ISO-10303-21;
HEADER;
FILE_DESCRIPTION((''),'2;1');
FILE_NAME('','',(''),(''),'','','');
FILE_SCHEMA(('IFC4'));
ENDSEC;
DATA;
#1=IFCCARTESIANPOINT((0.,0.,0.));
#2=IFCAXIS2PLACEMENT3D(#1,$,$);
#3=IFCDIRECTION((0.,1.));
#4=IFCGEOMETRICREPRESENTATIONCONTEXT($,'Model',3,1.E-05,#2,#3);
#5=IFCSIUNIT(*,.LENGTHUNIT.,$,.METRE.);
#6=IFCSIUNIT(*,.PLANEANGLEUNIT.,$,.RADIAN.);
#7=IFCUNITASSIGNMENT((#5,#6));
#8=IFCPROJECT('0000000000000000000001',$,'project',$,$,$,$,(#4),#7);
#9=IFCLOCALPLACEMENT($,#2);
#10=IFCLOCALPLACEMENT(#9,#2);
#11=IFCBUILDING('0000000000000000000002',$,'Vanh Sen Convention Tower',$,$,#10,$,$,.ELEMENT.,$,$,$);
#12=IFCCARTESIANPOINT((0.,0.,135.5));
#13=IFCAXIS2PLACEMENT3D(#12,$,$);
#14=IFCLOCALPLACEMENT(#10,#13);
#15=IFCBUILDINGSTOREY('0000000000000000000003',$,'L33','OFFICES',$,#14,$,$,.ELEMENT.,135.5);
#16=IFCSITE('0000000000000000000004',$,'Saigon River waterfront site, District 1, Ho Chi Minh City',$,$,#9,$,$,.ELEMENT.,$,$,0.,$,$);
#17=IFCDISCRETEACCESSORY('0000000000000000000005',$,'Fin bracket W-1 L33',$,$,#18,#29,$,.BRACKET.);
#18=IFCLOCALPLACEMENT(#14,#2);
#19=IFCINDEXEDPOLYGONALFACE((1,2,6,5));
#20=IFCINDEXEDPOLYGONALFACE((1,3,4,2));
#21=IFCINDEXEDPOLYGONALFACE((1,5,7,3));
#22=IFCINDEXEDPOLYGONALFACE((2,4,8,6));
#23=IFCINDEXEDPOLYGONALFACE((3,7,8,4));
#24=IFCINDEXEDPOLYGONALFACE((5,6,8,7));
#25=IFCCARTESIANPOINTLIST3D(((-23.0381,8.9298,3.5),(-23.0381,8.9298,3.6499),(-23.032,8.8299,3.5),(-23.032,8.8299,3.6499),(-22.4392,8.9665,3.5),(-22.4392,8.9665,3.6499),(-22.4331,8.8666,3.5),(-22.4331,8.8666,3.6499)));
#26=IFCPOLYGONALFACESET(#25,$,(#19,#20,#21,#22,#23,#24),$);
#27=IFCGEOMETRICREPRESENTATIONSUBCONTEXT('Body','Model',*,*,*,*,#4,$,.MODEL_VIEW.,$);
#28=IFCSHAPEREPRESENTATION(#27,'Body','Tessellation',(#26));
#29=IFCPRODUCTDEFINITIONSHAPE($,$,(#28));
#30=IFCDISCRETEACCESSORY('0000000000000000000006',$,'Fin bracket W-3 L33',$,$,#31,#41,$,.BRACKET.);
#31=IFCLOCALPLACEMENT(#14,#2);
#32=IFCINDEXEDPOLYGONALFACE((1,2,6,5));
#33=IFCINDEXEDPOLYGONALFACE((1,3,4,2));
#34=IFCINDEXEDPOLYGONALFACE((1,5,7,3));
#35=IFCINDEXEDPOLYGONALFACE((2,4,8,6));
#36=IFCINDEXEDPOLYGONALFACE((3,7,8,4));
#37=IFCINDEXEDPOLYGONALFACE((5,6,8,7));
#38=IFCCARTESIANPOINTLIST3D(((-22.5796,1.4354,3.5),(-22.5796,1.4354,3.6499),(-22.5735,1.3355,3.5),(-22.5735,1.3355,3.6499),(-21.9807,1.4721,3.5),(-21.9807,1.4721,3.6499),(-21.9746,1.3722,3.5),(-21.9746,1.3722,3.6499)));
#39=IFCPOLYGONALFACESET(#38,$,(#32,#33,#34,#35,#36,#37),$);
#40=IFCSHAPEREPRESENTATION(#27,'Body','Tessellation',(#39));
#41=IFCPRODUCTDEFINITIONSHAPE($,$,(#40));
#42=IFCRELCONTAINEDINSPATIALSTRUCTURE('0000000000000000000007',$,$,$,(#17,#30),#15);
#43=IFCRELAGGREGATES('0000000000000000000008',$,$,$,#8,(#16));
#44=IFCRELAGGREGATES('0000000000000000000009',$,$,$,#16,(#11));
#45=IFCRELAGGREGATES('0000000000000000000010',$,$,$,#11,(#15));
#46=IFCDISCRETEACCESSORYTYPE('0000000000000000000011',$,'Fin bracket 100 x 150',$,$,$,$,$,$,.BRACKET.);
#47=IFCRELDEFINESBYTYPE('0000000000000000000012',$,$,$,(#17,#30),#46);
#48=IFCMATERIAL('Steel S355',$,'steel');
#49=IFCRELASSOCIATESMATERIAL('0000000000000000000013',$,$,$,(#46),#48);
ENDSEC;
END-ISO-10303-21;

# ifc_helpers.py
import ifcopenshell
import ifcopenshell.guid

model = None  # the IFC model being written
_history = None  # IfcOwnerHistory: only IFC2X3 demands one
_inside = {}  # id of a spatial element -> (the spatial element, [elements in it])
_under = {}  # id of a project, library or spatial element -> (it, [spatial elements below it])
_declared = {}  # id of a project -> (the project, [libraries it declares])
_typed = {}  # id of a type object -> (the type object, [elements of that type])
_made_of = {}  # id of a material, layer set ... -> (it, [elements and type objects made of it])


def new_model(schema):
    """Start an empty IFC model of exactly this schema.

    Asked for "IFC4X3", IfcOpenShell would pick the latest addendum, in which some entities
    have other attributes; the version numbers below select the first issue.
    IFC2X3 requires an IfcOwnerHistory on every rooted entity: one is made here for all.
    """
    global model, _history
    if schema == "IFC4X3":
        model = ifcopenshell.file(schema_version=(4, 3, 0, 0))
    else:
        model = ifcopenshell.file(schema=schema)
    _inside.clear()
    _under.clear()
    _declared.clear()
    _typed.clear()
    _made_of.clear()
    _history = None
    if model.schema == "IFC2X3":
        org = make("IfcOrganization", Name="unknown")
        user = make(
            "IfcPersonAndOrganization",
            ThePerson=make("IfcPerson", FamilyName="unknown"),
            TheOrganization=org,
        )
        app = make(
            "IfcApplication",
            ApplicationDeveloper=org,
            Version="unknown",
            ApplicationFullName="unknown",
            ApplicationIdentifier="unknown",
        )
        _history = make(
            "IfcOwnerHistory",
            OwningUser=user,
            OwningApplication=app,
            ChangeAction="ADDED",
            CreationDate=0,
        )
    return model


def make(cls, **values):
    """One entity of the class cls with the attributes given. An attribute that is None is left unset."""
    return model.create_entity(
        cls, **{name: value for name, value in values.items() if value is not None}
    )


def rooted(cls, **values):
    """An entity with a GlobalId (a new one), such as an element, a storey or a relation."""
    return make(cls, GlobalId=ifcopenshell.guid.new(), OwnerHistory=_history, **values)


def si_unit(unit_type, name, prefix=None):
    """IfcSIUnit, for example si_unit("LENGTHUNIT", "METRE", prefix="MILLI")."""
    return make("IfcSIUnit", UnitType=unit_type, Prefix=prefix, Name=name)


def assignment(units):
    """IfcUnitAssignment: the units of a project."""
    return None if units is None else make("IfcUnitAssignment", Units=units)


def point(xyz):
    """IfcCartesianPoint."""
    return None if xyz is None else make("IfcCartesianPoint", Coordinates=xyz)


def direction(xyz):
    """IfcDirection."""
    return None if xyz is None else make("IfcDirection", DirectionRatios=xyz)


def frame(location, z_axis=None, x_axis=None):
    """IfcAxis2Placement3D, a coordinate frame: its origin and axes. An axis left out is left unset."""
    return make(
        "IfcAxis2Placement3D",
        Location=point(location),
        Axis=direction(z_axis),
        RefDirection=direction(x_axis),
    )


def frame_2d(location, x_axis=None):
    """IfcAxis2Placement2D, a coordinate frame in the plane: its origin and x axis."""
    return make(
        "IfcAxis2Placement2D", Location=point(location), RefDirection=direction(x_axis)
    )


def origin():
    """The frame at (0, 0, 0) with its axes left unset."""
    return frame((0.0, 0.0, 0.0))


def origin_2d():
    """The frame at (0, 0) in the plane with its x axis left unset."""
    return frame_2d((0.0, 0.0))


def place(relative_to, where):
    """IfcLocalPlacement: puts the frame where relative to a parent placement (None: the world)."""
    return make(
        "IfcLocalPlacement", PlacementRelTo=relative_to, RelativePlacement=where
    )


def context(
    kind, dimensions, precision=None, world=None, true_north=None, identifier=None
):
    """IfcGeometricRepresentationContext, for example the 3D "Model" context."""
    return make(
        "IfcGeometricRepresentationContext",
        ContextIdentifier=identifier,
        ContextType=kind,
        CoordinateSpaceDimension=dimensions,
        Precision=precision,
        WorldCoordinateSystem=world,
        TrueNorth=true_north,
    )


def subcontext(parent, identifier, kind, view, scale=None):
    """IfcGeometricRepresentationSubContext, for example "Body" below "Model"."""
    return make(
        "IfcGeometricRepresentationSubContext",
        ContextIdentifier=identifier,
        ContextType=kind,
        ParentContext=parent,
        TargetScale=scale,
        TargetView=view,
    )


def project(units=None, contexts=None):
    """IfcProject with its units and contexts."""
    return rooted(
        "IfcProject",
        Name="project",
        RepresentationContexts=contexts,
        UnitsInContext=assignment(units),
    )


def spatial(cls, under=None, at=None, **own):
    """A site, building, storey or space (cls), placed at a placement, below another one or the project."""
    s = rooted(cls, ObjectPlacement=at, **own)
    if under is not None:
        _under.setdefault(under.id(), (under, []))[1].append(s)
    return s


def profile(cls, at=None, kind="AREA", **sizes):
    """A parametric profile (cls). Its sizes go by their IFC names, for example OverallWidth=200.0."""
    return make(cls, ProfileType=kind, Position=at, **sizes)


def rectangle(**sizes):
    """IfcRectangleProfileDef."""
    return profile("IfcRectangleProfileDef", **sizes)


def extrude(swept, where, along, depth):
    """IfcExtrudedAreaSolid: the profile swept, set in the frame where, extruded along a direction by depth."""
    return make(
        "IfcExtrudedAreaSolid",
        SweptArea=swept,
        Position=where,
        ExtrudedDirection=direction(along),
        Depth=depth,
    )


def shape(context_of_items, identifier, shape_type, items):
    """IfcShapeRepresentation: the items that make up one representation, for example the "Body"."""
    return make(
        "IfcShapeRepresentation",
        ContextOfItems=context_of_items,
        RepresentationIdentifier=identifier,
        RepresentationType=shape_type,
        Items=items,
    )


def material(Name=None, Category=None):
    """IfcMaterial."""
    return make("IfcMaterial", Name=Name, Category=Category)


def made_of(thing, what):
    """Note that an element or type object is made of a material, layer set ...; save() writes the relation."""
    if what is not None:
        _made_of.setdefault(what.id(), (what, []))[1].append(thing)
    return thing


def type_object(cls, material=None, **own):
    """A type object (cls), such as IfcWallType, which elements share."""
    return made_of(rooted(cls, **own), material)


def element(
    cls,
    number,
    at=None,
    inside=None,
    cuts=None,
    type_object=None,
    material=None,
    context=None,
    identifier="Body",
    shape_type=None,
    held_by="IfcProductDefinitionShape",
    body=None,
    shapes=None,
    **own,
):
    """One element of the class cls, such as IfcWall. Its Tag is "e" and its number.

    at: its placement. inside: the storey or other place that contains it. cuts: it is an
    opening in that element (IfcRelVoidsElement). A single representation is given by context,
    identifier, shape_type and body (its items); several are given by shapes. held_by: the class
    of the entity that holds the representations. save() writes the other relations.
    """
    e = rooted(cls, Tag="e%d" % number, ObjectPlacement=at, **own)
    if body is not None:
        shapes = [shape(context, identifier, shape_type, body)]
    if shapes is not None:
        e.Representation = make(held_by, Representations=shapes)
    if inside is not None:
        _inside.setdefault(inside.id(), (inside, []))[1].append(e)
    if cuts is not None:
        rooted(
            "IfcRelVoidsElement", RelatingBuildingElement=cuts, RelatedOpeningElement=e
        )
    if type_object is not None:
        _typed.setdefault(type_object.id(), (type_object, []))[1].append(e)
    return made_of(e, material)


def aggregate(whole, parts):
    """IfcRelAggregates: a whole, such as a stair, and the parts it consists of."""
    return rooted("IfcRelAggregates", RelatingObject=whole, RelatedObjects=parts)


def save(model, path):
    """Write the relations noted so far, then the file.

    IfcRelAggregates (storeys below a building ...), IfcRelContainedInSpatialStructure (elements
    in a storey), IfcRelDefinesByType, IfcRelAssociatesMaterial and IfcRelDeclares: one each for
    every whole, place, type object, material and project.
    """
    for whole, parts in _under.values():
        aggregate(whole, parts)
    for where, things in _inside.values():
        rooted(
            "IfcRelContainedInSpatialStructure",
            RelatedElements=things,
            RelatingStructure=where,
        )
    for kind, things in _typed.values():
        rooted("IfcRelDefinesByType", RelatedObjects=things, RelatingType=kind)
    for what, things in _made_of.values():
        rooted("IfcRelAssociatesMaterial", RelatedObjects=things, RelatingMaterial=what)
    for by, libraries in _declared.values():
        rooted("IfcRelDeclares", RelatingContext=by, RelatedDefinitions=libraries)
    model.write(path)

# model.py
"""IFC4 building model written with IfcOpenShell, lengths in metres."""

from ifc_helpers import new_model, si_unit, direction, frame, origin, origin_2d, place, context, subcontext, project, spatial, rectangle, extrude, material, type_object, element, save


model = new_model("IFC4")

# Units and contexts
model_context = context("Model", 3, precision=1e-05, world=origin(), true_north=direction((0.0, 1.0)))
body_context = subcontext(model_context, "Body", "Model", "MODEL_VIEW")
ifc_project = project(units=[si_unit("LENGTHUNIT", "METRE"), si_unit("PLANEANGLEUNIT", "RADIAN")], contexts=[model_context])

# Site, building, storey
site_placement = place(None, origin())
site = spatial("IfcSite", under=ifc_project, at=site_placement, Name="Saigon River waterfront site, District 1, Ho Chi Minh City", CompositionType="ELEMENT", RefElevation=0.0)
building_placement = place(site_placement, origin())
building = spatial("IfcBuilding", under=site, at=building_placement, Name="Vanh Sen Convention Tower", CompositionType="ELEMENT")
storey_placement = place(building_placement, frame((0.0, 0.0, 135.5)))
storey = spatial("IfcBuildingStorey", under=building, at=storey_placement, Name="L33", Description="OFFICES", CompositionType="ELEMENT", Elevation=135.5)

# Discrete accessories
ifc_material_1 = material(Name="Steel S355", Category="steel")
discrete_accessory_type = type_object("IfcDiscreteAccessoryType", Name="Fin bracket 100 x 150", PredefinedType="BRACKET", material=ifc_material_1)
for number, where, z_axis, x_axis, name in (
    (1, (-22.7356, 8.8982, 3.5), (0.0, 0.0, 1.0), (-0.998135, -0.061049, 0.0), "Fin bracket W-1 L33"),
    (2, (-22.2771, 1.4038, 3.5), (0.0, 0.0, 1.0), (-0.998135, -0.061049, 0.0), "Fin bracket W-3 L33"),
):
    element("IfcDiscreteAccessory", number, at=place(storey_placement, frame(where, z_axis=z_axis, x_axis=x_axis)), inside=storey, type_object=discrete_accessory_type, Name=name, PredefinedType="BRACKET", context=body_context, shape_type="SweptSolid", body=[
        extrude(rectangle(XDim=0.6001, YDim=0.1001, at=origin_2d()), origin(), (0.0, 0.0, 1.0), 0.1499),
    ])

save(model, "model.ifc")
